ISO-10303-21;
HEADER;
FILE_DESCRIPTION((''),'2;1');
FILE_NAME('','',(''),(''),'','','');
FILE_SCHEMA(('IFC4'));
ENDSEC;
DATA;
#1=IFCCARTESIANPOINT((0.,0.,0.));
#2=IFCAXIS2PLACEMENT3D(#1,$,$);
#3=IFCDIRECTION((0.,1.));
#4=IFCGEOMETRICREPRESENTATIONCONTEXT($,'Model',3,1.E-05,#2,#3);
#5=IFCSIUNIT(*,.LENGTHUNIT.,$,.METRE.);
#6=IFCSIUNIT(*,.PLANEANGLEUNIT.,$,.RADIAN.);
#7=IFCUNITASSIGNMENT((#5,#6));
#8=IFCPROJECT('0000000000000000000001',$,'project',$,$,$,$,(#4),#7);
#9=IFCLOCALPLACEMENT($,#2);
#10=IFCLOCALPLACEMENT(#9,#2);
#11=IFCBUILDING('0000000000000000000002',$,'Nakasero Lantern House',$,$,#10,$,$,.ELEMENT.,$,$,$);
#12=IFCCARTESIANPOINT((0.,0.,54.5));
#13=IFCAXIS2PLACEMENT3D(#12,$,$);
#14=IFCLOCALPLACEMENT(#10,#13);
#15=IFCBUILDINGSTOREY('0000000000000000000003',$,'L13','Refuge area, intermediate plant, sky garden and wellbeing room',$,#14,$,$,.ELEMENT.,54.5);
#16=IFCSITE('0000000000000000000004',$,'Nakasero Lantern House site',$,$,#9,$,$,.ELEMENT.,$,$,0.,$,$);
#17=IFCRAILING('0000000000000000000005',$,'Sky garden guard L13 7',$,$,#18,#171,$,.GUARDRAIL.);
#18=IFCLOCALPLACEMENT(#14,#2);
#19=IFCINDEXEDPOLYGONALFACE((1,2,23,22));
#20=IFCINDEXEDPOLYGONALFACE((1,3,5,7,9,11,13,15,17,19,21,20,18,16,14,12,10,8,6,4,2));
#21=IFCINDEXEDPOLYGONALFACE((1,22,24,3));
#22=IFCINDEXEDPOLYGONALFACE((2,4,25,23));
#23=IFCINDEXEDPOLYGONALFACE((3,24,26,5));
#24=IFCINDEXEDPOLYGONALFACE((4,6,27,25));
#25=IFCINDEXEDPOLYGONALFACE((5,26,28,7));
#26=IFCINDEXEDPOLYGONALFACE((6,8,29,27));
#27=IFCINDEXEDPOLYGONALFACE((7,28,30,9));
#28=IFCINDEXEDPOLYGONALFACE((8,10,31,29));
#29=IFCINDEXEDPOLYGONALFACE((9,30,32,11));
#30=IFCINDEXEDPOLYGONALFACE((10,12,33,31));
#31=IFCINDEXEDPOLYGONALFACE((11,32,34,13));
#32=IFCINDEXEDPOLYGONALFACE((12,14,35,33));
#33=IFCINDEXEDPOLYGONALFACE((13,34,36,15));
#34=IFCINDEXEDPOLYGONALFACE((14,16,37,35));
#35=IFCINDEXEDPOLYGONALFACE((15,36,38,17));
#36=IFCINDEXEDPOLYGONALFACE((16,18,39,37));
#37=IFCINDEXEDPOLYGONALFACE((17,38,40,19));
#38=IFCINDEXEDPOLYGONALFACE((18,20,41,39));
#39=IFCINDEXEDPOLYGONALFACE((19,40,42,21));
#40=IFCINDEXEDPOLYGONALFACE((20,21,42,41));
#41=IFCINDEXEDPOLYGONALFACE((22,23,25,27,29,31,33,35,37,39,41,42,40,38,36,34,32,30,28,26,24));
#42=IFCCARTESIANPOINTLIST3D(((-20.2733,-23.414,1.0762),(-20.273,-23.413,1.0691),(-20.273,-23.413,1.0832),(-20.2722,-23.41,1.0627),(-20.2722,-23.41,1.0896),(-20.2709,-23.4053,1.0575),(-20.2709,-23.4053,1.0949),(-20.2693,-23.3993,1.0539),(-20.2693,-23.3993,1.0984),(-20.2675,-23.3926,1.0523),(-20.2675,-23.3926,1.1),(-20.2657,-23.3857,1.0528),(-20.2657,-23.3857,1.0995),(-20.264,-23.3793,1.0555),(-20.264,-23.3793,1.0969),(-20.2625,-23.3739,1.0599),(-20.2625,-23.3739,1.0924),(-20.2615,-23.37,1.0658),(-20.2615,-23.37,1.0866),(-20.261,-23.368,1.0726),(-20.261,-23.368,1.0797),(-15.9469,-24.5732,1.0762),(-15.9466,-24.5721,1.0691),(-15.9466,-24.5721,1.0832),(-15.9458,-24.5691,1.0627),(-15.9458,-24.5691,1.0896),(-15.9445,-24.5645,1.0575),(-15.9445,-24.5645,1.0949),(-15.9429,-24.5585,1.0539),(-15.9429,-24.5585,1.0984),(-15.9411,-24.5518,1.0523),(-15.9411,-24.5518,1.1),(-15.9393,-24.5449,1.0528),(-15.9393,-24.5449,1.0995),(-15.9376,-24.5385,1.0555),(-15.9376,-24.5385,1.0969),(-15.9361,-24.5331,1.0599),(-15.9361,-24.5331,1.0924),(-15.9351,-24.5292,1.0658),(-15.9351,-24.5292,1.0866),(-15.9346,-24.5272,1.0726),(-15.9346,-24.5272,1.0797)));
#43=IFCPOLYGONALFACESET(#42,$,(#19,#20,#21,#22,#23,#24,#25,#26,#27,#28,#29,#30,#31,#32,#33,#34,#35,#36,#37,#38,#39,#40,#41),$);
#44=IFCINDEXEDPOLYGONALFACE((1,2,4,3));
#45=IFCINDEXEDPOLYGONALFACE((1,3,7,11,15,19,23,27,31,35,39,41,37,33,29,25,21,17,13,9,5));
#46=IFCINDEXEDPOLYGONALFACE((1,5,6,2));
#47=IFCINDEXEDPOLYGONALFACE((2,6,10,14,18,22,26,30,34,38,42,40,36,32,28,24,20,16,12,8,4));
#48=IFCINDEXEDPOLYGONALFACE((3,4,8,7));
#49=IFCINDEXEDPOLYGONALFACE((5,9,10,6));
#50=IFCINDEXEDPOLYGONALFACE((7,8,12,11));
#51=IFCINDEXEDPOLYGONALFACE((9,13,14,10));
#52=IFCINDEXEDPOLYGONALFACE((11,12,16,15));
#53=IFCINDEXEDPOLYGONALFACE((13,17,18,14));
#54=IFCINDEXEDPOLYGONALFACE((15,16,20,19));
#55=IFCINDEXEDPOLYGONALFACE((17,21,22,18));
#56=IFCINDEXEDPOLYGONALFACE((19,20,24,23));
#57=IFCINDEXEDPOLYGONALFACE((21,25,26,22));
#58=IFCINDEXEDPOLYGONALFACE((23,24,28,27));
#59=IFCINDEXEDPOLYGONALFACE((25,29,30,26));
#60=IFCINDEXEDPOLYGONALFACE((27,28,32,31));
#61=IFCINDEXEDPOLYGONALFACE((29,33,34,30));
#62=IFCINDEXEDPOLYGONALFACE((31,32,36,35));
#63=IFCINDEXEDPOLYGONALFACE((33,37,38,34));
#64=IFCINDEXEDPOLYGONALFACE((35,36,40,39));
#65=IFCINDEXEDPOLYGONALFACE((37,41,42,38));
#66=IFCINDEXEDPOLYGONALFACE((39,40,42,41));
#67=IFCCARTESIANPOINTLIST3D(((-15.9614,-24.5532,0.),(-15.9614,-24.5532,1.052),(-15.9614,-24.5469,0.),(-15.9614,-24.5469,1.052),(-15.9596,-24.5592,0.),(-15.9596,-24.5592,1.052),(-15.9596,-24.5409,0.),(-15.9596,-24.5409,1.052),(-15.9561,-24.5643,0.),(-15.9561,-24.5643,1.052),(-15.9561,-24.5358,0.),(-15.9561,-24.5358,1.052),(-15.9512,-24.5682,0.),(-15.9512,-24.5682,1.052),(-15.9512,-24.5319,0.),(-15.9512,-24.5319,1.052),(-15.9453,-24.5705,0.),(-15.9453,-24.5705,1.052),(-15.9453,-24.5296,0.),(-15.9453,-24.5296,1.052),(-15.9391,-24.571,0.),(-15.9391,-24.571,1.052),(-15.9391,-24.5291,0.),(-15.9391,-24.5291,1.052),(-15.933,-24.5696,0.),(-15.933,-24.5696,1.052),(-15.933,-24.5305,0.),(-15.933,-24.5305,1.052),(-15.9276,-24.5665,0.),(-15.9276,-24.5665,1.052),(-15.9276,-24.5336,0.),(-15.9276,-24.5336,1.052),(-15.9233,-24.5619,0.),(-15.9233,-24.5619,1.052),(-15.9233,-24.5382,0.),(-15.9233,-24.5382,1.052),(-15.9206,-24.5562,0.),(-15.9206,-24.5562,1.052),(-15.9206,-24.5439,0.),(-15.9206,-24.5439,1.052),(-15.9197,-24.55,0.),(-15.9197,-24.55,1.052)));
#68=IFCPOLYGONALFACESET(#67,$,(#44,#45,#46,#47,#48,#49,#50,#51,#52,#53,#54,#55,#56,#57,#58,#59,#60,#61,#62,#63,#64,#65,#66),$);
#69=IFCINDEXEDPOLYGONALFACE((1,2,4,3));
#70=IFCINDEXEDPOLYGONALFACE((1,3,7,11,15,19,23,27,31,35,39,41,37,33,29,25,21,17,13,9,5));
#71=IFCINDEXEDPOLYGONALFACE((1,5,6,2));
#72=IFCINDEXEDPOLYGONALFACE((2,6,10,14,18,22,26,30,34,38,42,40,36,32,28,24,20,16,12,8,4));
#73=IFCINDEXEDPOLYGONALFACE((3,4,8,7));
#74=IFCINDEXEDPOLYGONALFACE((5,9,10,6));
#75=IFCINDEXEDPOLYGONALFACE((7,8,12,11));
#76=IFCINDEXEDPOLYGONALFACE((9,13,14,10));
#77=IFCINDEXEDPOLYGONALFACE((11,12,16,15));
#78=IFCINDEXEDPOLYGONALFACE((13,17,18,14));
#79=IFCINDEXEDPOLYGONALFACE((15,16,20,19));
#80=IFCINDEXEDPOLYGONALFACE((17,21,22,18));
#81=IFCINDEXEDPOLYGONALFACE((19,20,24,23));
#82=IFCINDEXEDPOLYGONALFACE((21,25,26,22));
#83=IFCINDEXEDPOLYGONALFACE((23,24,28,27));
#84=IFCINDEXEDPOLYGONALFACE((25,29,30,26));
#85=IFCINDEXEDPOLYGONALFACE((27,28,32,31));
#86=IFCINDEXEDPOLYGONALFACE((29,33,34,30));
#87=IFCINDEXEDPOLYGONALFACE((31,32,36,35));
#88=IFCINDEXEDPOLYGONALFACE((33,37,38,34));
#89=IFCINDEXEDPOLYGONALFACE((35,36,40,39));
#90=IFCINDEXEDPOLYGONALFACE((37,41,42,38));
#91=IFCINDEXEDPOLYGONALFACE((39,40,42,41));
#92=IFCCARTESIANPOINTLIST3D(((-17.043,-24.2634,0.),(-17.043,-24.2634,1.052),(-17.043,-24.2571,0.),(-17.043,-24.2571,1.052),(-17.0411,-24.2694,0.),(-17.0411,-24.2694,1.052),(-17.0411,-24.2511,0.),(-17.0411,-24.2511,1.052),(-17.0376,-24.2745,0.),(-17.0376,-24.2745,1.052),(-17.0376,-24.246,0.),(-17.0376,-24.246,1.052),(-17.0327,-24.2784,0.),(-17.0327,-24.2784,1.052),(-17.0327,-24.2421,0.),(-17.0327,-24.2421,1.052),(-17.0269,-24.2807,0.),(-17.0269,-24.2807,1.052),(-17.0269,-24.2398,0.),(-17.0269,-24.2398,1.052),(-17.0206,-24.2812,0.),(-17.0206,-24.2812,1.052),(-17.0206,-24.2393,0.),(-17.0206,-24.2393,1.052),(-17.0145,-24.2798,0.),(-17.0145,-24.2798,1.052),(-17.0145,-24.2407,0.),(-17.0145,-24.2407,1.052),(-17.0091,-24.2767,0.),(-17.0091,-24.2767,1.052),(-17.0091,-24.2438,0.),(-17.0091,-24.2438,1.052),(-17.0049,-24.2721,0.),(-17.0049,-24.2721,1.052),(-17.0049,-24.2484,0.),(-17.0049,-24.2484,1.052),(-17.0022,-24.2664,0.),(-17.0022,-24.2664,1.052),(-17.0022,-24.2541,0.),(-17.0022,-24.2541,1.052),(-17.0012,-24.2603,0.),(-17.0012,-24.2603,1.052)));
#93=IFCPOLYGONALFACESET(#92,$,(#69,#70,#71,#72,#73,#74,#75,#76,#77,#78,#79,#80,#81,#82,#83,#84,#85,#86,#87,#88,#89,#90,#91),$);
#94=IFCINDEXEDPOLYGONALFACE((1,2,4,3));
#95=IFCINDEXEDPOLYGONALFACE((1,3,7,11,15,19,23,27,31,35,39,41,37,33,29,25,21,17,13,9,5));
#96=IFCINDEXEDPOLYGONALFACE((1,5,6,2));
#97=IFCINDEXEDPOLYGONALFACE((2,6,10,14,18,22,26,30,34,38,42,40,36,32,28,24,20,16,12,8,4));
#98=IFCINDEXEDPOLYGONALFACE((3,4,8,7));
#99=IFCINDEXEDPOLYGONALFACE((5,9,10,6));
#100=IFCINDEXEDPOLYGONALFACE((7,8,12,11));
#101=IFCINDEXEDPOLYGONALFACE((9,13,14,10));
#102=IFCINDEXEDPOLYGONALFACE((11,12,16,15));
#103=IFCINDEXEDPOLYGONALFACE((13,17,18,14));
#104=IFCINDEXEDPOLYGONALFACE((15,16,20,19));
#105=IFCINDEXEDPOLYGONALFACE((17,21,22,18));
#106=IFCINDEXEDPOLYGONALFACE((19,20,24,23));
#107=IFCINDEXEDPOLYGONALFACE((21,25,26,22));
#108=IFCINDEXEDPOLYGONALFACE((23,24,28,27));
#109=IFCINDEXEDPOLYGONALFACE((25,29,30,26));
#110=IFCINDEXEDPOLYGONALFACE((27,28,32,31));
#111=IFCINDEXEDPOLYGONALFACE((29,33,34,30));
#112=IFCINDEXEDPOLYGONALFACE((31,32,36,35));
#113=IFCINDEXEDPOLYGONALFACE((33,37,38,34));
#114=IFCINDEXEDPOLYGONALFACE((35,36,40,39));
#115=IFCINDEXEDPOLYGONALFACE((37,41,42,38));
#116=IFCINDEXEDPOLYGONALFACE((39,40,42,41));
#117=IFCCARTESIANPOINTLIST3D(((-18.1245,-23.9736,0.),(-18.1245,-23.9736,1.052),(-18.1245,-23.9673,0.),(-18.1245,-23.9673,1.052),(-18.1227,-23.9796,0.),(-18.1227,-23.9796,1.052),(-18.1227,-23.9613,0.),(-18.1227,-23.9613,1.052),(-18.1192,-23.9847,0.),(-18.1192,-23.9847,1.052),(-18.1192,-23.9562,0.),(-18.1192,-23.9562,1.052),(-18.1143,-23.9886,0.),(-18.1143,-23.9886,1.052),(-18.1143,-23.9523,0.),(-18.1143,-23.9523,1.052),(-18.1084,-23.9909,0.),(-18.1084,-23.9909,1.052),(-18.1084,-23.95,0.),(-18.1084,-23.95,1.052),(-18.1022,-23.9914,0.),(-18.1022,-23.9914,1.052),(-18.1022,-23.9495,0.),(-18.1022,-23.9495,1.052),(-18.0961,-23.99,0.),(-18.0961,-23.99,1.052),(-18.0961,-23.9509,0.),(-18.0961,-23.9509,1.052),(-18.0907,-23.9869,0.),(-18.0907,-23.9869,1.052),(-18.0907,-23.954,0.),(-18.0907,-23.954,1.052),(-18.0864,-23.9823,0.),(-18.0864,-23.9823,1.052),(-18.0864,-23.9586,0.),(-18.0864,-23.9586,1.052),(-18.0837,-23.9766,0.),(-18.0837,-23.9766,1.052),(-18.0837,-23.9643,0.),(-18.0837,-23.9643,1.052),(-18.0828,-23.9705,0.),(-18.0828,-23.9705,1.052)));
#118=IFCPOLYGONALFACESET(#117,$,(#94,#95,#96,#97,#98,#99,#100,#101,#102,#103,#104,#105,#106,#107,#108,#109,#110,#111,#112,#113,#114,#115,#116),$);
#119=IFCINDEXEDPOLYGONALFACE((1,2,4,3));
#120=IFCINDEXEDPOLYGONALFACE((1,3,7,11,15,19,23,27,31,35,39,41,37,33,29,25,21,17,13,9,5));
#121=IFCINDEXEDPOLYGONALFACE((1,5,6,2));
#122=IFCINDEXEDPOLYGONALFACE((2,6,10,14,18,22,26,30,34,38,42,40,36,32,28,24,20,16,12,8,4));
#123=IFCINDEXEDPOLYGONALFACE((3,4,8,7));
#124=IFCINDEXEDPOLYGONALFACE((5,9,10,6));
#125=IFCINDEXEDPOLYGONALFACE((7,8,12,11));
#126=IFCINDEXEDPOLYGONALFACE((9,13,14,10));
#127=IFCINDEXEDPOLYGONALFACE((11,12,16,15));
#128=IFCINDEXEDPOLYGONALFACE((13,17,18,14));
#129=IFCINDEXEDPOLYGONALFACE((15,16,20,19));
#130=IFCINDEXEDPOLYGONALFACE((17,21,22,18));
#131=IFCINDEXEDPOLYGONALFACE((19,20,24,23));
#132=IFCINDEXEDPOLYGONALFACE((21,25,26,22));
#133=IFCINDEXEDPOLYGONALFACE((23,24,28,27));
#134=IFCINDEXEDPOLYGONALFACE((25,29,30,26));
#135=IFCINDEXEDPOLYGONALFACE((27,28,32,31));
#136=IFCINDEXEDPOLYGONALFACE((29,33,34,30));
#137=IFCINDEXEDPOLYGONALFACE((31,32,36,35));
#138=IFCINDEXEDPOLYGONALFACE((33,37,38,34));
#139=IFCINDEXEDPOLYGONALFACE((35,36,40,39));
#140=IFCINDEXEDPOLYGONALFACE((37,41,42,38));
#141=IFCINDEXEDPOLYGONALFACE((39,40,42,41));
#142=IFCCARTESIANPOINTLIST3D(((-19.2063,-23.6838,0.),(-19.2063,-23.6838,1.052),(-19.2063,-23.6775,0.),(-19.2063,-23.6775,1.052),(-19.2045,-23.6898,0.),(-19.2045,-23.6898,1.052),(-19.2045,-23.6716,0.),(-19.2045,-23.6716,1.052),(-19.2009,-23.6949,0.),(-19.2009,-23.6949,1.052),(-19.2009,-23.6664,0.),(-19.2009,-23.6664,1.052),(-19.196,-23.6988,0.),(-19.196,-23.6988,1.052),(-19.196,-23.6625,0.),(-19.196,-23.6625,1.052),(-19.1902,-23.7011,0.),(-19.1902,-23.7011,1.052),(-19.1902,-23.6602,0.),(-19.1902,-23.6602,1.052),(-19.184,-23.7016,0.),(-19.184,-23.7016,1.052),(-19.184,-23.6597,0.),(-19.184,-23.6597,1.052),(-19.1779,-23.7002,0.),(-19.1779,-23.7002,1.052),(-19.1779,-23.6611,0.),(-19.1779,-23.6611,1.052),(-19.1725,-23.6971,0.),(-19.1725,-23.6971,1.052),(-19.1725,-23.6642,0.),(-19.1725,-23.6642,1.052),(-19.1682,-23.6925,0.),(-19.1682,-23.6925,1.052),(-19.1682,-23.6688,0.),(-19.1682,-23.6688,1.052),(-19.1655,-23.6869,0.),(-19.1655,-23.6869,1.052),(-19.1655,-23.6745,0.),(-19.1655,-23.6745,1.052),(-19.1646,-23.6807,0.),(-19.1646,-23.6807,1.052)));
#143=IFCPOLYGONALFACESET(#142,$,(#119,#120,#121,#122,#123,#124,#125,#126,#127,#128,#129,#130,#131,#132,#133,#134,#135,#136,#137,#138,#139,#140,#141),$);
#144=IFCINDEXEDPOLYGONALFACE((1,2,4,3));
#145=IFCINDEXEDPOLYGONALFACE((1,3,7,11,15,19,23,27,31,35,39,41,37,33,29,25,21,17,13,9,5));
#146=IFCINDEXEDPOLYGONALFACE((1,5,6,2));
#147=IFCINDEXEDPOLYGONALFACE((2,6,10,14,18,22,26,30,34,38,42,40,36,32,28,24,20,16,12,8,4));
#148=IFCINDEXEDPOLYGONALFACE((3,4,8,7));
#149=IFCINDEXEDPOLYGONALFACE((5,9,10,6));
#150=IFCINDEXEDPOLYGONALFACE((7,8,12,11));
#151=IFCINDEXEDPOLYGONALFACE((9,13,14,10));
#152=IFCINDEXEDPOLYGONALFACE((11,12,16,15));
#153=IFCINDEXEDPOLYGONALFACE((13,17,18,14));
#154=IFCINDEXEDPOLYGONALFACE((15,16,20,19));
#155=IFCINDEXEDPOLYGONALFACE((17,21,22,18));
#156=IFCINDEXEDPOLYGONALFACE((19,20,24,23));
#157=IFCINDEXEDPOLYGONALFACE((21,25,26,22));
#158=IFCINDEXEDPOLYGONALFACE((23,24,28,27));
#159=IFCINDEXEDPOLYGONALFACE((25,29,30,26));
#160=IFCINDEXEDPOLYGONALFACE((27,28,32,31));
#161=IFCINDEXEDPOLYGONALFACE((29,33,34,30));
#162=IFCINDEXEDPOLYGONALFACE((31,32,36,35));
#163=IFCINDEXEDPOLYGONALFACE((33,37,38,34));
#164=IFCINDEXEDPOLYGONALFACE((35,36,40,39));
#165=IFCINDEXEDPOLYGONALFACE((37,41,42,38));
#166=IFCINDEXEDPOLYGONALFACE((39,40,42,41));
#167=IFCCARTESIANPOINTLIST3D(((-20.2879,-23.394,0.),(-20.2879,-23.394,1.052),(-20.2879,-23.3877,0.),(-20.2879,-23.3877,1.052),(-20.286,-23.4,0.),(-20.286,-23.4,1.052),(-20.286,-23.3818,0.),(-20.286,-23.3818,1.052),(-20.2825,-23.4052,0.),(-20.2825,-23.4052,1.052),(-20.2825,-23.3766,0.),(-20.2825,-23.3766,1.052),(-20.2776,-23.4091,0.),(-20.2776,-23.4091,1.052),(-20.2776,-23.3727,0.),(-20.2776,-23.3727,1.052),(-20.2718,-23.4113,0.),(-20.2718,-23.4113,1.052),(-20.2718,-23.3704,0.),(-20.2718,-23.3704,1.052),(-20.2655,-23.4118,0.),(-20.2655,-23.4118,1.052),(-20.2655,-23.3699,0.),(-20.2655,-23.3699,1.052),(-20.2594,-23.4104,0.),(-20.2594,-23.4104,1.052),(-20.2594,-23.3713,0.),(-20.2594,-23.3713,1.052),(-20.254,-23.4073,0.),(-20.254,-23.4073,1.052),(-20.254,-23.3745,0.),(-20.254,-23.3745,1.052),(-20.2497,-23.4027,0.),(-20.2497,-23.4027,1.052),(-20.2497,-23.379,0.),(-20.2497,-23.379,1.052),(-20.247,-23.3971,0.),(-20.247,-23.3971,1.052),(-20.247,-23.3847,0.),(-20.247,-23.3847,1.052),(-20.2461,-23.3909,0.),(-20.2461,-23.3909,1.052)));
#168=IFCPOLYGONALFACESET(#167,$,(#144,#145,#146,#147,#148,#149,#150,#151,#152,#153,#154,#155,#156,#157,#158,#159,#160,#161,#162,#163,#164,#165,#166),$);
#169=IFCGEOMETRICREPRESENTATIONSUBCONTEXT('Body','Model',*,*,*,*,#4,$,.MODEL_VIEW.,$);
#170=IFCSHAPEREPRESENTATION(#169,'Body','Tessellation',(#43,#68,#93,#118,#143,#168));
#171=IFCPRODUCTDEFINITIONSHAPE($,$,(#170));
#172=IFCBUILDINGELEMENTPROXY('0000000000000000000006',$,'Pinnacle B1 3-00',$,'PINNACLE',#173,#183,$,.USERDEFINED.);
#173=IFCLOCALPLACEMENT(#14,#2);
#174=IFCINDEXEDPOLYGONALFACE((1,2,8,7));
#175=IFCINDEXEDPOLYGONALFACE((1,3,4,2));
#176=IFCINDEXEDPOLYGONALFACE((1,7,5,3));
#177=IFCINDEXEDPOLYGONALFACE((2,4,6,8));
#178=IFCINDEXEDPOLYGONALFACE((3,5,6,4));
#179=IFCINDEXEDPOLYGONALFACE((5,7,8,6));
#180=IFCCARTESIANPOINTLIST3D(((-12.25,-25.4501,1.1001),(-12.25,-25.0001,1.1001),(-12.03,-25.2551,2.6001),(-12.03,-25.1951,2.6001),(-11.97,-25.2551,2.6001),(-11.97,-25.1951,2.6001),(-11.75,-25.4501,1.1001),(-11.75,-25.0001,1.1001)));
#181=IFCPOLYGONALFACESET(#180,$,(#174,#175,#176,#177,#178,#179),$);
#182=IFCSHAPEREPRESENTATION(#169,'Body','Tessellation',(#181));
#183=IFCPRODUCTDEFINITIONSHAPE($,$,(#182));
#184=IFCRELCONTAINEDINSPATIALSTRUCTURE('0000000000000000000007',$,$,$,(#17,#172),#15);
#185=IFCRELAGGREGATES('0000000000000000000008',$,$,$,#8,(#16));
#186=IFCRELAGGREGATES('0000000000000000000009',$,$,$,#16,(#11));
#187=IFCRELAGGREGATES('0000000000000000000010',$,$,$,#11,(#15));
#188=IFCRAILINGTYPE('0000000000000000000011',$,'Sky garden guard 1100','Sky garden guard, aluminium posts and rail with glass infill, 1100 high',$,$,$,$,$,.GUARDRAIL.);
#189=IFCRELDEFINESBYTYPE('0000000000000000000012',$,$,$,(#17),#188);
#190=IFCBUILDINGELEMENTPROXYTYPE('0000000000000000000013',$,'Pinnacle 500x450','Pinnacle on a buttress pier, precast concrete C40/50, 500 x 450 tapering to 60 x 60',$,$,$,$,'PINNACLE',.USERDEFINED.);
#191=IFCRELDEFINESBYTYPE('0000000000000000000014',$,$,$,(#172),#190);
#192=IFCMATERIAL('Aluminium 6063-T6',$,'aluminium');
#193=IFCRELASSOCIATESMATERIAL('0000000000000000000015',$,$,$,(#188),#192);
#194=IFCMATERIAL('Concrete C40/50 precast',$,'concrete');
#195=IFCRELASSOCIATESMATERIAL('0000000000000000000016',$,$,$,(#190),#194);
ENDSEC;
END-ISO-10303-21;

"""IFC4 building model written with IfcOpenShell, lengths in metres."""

from ifc_helpers import new_model, entity, si_unit, direction, frame, origin, origin_2d, place, context, subcontext, project, spatial, circle, extrude, material, type_object, element, save


model = new_model("IFC4")

# Units and contexts
model_context = context("Model", 3, precision=1e-05, world=origin(), true_north=direction((0.0, 1.0)))
body_context = subcontext(model_context, "Body", "Model", "MODEL_VIEW")
ifc_project = project(units=[si_unit("LENGTHUNIT", "METRE"), si_unit("PLANEANGLEUNIT", "RADIAN")], contexts=[model_context])

# Site, building, storey
site_placement = place(None, origin())
site = spatial("IfcSite", under=ifc_project, at=site_placement, Name="Nakasero Lantern House site", CompositionType="ELEMENT", RefElevation=0.0)
building_placement = place(site_placement, origin())
building = spatial("IfcBuilding", under=site, at=building_placement, Name="Nakasero Lantern House", CompositionType="ELEMENT")
storey_placement = place(building_placement, frame((0.0, 0.0, 54.5)))
storey = spatial("IfcBuildingStorey", under=building, at=storey_placement, Name="L13", Description="Refuge area, intermediate plant, sky garden and wellbeing room", CompositionType="ELEMENT", Elevation=54.5)

# Railing
ifc_material_1 = material(Name="Aluminium 6063-T6", Category="aluminium")
railing_type = type_object("IfcRailingType", Name="Sky garden guard 1100", Description="Sky garden guard, aluminium posts and rail with glass infill, 1100 high", PredefinedType="GUARDRAIL", material=ifc_material_1)
railing_placement = place(storey_placement, frame((-15.9407, -24.55, 0.0)))
element("IfcRailing", 1, at=railing_placement, inside=storey, type_object=railing_type, Name="Sky garden guard L13 7", PredefinedType="GUARDRAIL", context=body_context, shape_type="SweptSolid", body=[
    extrude(circle(Radius=0.0239, at=origin_2d()), frame((0.0, 0.0, 1.0762), z_axis=(-0.96593, 0.258802, 0.0), x_axis=(-0.258802, -0.96593, 0.0)), (0.0, 0.0, 1.0), 4.479),
    extrude(circle(Radius=0.021, at=origin_2d()), origin(), (0.0, 0.0, 1.0), 1.052),
    extrude(circle(Radius=0.021, at=origin_2d()), frame((-1.0815, 0.2898, 0.0)), (0.0, 0.0, 1.0), 1.052),
    extrude(circle(Radius=0.021, at=origin_2d()), frame((-2.1631, 0.5796, 0.0)), (0.0, 0.0, 1.0), 1.052),
    extrude(circle(Radius=0.021, at=origin_2d()), frame((-3.2449, 0.8694, 0.0)), (0.0, 0.0, 1.0), 1.052),
    extrude(circle(Radius=0.021, at=origin_2d()), frame((-4.3264, 1.1592, 0.0)), (0.0, 0.0, 1.0), 1.052),
])

# Building element proxy
ifc_material_2 = material(Name="Concrete C40/50 precast", Category="concrete")
building_element_proxy_type = type_object("IfcBuildingElementProxyType", Name="Pinnacle 500x450", Description="Pinnacle on a buttress pier, precast concrete C40/50, 500 x 450 tapering to 60 x 60", ElementType="PINNACLE", PredefinedType="USERDEFINED", material=ifc_material_2)
proxy_placement = place(storey_placement, frame((-12.0, -25.2251, 1.1001), z_axis=(0.0, 0.0, 1.0), x_axis=(0.0, -1.0, 0.0)))
element("IfcBuildingElementProxy", 2, at=proxy_placement, inside=storey, type_object=building_element_proxy_type, Name="Pinnacle B1 3-00", ObjectType="PINNACLE", PredefinedType="USERDEFINED", context=body_context, shape_type="SweptSolid", body=[
    entity("IfcExtrudedAreaSolidTapered", entity("IfcRectangleProfileDef", "AREA", None, entity("IfcAxis2Placement2D", entity("IfcCartesianPoint", [0.0, 0.0])), 0.45, 0.5), entity("IfcAxis2Placement3D", entity("IfcCartesianPoint", [0.0, 0.0, 0.0])), entity("IfcDirection", [0.0, 0.0, 1.0]), 1.5, entity("IfcRectangleProfileDef", "AREA", None, entity("IfcAxis2Placement2D", entity("IfcCartesianPoint", [0.0, 0.0])), 0.0601, 0.0601)),
])

save(model, "model.ifc")
